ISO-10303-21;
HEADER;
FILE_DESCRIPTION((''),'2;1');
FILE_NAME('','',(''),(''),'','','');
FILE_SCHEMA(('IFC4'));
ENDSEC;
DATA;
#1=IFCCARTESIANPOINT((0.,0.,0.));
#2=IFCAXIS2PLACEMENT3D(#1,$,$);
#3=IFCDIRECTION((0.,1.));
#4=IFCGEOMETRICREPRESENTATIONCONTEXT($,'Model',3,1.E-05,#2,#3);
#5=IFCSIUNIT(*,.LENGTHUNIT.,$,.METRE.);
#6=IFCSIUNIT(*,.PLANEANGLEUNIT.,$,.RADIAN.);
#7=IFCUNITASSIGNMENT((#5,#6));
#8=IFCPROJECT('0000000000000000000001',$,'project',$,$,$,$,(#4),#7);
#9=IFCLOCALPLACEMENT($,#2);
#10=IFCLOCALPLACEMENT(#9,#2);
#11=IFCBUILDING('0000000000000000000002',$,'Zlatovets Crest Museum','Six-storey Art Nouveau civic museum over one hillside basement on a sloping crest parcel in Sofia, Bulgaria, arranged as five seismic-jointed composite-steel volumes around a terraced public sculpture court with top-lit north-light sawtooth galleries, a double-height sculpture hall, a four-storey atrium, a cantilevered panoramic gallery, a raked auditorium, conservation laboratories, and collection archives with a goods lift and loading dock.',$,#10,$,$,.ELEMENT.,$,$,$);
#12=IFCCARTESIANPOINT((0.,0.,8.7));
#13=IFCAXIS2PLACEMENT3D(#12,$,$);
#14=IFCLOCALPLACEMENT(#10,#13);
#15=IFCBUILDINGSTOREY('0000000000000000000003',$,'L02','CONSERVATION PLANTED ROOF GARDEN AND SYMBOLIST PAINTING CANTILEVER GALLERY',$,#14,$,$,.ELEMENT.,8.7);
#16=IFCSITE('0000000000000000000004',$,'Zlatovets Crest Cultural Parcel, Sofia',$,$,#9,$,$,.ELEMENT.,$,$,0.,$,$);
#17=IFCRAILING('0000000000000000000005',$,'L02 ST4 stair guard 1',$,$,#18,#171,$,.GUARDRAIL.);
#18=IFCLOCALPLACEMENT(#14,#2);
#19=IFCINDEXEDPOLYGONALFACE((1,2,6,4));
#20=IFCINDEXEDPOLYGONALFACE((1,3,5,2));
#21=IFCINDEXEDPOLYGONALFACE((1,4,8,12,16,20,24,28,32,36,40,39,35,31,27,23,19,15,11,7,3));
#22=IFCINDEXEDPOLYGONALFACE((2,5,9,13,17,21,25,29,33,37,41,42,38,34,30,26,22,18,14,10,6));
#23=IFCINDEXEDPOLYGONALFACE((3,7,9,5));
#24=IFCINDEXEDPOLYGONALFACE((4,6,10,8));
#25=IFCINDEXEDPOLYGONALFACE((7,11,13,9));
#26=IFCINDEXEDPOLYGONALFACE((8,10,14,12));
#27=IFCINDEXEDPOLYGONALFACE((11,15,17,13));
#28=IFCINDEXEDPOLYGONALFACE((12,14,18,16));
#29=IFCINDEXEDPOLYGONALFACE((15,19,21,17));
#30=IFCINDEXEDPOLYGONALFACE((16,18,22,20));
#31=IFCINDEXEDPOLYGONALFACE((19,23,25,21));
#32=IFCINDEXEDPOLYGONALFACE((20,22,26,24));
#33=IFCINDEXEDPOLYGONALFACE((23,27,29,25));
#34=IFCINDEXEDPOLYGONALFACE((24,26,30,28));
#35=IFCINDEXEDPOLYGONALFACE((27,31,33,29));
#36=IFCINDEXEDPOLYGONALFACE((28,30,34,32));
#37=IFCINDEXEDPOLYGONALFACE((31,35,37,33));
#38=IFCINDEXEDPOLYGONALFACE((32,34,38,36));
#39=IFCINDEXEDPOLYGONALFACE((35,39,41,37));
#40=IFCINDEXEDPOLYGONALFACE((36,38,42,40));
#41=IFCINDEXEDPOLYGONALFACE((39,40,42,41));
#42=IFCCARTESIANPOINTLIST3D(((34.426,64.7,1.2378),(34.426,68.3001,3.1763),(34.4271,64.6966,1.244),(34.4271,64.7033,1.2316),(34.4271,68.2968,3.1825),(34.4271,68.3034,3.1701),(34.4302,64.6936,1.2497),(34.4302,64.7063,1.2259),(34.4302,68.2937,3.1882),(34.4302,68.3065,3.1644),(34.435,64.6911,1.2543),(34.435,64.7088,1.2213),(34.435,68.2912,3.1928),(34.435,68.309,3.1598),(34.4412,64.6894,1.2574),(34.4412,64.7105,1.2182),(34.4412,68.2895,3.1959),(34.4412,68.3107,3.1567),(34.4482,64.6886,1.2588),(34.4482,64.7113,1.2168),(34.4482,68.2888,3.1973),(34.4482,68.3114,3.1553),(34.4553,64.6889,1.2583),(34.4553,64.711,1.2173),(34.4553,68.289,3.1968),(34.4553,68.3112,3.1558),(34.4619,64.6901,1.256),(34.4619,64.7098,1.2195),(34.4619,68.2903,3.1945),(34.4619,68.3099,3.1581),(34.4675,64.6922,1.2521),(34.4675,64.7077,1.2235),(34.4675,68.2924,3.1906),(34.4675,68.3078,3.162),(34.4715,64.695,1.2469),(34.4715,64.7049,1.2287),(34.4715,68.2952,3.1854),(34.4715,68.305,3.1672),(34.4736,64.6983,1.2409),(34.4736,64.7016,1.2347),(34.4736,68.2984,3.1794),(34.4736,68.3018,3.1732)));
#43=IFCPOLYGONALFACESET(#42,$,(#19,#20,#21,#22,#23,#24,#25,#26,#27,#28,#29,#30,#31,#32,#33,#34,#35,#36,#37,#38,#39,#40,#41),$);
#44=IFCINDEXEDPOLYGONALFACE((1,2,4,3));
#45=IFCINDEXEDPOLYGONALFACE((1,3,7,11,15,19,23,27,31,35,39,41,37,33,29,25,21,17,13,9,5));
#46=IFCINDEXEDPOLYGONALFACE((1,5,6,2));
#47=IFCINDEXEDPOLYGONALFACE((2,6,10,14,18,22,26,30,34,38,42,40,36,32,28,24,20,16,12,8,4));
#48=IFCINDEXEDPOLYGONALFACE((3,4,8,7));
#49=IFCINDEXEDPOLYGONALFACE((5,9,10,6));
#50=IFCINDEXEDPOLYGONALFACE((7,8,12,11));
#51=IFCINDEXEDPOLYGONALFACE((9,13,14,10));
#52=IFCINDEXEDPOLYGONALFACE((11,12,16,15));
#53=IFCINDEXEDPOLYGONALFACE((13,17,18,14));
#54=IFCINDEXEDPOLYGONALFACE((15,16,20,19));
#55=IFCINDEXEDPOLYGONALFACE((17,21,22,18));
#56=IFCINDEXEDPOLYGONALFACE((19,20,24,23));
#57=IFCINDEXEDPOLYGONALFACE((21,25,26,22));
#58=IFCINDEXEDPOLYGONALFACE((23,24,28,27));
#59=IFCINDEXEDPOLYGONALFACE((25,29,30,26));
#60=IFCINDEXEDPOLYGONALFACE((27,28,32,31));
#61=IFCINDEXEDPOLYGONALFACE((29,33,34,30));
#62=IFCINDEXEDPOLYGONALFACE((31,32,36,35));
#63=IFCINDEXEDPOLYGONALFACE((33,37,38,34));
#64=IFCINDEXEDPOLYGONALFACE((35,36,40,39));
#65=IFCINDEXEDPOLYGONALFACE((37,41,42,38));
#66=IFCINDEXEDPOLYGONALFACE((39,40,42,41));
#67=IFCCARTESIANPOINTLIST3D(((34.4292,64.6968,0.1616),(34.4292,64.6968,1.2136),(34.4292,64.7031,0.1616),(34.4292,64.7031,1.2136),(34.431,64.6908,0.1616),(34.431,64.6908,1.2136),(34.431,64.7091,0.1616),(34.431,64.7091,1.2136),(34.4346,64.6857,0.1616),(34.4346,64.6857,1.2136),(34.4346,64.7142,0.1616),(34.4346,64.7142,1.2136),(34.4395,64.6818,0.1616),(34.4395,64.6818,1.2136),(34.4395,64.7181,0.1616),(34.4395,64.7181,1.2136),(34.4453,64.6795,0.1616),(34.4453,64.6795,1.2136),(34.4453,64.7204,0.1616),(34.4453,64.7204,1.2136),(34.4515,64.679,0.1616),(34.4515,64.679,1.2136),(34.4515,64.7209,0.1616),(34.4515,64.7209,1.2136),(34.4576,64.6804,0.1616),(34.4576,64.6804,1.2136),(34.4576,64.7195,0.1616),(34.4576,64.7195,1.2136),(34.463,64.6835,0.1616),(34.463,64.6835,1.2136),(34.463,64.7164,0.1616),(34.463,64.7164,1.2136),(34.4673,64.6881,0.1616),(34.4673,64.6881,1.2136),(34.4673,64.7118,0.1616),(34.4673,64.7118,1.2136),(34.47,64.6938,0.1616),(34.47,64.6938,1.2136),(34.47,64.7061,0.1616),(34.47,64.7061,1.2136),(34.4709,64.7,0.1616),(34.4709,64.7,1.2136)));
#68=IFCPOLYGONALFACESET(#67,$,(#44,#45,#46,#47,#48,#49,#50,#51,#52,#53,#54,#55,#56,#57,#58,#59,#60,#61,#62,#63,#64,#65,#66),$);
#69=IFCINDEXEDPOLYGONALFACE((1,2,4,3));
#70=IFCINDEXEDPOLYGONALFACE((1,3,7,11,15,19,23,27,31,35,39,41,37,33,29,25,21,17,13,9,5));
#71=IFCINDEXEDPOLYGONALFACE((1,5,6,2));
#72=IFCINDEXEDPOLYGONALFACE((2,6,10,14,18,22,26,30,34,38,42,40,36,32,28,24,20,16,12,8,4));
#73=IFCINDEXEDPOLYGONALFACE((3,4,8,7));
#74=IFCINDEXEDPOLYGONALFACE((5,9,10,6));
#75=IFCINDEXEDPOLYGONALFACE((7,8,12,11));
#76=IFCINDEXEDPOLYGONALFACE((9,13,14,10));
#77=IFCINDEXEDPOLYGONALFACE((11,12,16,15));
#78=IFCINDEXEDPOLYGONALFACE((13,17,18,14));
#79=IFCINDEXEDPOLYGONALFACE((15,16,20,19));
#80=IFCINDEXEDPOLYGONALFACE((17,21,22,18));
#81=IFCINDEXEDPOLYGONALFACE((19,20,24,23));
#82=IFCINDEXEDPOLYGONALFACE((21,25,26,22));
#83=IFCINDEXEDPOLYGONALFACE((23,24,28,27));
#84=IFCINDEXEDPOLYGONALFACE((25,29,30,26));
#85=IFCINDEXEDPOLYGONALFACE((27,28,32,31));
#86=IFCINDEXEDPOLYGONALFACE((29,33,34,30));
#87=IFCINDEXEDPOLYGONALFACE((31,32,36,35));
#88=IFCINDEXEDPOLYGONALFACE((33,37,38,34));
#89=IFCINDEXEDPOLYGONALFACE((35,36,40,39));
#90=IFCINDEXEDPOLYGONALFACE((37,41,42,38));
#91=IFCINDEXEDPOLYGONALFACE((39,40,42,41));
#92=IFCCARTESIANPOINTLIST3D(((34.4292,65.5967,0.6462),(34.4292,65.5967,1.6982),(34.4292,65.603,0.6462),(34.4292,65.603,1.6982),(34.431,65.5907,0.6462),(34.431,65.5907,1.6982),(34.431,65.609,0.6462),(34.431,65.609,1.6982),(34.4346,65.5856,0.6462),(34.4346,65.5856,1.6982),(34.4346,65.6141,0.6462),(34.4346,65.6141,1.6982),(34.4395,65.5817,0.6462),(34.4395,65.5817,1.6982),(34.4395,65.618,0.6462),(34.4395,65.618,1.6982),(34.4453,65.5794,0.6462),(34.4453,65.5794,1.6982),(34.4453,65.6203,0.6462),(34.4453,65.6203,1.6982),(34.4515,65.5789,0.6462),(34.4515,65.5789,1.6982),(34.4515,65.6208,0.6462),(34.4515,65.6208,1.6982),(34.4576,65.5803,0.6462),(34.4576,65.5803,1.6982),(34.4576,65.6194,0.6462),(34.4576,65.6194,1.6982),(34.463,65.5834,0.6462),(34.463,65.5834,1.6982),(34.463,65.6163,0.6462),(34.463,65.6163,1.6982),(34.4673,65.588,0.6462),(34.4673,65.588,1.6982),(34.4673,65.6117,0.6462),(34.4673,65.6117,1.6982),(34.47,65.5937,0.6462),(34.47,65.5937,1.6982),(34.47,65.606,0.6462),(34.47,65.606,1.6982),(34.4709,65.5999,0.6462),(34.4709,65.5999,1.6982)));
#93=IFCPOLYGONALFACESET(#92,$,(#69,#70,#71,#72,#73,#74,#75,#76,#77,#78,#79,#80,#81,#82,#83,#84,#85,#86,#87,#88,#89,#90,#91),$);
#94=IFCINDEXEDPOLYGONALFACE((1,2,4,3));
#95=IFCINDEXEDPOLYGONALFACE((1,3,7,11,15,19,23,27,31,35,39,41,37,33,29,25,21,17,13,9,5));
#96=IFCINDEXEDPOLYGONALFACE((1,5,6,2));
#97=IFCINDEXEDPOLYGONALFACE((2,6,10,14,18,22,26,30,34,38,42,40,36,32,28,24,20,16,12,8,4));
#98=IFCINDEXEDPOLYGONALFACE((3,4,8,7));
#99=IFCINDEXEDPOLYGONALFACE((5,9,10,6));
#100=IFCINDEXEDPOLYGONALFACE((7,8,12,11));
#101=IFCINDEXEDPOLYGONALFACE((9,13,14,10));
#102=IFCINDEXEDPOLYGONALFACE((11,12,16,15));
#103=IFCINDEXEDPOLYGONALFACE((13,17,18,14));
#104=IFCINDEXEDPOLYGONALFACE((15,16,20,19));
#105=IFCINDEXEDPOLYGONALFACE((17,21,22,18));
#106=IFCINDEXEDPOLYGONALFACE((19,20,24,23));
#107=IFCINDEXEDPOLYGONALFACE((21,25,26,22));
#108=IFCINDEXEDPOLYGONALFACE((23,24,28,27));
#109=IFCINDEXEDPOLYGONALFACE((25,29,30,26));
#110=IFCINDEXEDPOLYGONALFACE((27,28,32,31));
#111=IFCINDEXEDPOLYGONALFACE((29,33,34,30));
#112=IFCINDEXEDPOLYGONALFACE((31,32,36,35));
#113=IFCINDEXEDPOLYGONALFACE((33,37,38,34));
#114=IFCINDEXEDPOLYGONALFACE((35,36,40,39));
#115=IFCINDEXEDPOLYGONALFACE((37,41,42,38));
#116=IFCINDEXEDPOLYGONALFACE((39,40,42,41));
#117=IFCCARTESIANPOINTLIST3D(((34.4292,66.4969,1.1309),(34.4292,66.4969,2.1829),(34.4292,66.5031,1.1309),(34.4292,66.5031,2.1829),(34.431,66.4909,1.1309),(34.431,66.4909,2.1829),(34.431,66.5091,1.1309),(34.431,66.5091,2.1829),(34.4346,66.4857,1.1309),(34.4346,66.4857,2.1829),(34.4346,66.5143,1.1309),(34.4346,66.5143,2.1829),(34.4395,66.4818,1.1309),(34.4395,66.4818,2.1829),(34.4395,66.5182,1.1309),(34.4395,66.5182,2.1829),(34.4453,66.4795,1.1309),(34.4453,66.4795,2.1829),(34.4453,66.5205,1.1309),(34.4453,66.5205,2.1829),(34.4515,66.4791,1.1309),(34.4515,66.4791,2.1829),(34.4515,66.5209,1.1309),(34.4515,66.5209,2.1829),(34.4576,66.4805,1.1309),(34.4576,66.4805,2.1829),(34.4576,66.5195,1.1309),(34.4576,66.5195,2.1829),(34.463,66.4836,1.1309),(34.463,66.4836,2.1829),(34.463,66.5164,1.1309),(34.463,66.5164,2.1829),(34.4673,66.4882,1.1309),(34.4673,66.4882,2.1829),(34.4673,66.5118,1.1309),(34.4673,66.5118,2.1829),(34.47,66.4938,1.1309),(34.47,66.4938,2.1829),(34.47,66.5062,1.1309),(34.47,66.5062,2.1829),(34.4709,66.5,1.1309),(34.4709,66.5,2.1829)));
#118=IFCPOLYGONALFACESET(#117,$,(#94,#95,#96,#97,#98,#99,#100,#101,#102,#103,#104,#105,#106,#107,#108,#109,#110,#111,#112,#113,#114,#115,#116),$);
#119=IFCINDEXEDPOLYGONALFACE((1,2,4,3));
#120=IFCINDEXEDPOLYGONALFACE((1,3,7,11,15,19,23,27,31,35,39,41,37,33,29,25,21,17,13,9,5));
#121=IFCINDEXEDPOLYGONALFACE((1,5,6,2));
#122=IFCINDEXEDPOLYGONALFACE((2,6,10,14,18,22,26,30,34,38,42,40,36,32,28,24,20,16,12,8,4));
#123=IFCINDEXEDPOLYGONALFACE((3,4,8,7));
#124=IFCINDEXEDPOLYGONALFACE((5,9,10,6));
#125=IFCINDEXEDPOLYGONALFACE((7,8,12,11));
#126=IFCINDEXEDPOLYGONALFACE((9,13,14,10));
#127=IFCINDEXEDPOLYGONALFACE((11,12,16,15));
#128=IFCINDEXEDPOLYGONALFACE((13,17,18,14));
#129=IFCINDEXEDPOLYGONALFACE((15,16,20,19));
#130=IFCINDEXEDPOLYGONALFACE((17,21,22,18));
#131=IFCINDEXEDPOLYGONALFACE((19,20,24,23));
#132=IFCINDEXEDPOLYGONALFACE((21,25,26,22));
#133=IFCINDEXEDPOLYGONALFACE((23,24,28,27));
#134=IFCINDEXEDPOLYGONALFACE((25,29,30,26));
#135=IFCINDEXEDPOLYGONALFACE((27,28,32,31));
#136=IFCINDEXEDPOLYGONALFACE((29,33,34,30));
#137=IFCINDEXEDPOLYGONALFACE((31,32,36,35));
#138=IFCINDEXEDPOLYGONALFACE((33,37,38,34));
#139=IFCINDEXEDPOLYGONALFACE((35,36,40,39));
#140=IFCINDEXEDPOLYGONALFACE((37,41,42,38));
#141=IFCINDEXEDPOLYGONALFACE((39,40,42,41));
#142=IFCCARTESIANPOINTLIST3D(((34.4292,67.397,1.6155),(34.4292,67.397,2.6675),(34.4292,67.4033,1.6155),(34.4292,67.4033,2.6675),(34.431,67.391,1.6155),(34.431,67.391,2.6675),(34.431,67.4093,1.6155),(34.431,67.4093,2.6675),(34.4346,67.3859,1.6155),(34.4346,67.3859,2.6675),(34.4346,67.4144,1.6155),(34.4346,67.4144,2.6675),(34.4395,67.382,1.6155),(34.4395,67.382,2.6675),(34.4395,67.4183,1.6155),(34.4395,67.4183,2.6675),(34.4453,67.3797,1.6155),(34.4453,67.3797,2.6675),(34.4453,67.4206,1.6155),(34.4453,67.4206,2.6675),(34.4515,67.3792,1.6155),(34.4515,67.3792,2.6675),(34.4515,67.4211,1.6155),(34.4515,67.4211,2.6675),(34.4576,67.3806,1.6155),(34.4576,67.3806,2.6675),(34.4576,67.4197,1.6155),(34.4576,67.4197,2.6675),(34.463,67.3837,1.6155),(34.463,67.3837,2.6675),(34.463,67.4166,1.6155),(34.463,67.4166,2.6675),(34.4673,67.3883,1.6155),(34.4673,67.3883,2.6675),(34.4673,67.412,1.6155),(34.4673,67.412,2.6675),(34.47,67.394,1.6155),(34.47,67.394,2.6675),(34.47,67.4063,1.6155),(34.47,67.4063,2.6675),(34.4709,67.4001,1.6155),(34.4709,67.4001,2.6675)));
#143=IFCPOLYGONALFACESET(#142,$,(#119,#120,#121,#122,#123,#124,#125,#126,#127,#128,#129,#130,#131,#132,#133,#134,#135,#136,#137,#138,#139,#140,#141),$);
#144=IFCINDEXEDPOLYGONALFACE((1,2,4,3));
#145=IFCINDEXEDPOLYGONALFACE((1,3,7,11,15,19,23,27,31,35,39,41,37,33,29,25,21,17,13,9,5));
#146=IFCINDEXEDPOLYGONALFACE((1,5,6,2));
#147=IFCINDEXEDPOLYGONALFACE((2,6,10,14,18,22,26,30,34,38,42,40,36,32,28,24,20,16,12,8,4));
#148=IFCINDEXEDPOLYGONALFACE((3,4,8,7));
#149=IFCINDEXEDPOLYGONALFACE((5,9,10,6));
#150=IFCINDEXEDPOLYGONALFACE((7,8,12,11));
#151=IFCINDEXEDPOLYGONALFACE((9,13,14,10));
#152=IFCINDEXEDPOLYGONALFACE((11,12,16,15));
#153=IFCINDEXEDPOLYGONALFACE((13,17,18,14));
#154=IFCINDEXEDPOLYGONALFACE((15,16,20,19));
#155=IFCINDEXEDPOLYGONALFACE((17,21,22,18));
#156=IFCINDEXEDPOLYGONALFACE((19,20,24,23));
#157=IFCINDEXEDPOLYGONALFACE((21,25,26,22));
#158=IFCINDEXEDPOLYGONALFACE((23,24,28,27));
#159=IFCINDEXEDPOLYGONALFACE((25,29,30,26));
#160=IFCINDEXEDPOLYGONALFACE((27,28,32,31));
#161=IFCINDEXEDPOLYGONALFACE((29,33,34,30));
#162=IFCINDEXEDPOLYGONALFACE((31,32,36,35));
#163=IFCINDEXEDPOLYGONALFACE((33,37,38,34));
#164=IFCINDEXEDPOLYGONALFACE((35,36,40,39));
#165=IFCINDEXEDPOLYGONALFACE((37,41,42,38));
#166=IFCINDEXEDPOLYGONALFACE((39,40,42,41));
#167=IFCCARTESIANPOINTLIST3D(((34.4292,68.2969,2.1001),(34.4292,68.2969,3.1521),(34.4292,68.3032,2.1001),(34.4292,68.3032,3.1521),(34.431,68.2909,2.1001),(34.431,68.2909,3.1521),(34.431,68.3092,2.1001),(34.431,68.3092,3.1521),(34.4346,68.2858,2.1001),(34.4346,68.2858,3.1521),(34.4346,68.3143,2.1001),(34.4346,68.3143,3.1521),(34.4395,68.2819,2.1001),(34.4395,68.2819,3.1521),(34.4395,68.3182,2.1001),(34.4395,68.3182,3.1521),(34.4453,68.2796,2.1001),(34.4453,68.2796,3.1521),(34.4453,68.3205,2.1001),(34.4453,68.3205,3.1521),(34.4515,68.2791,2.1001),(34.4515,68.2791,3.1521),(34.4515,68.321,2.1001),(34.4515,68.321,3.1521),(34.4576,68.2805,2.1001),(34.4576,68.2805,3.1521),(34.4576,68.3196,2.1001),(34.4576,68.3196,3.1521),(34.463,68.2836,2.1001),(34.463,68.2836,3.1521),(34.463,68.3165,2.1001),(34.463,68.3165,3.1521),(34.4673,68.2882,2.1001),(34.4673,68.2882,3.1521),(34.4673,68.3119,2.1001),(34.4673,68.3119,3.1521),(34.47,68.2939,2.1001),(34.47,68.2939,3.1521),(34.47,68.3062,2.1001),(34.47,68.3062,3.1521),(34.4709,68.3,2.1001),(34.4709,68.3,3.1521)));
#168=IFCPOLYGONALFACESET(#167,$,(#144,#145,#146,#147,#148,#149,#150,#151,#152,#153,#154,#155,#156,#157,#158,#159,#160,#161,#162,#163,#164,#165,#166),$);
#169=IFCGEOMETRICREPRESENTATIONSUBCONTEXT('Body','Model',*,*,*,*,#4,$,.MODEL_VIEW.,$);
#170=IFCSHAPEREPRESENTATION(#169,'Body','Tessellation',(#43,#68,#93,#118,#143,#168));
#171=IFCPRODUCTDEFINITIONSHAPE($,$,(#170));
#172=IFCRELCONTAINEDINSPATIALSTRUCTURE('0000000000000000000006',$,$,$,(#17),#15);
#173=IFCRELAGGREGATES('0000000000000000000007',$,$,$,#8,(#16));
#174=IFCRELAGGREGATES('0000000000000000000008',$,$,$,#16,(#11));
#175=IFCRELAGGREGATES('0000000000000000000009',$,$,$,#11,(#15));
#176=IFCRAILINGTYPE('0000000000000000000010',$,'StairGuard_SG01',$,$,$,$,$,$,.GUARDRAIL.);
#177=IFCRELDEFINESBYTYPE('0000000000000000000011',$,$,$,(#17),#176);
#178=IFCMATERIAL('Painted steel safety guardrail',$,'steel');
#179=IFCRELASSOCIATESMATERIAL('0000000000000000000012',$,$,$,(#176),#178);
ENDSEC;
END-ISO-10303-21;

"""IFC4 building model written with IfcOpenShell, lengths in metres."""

from ifc_helpers import new_model, si_unit, direction, frame, origin, origin_2d, place, context, subcontext, project, spatial, circle, extrude, material, type_object, element, save


model = new_model("IFC4")

# Units and contexts
model_context = context("Model", 3, precision=1e-05, world=origin(), true_north=direction((0.0, 1.0)))
body_context = subcontext(model_context, "Body", "Model", "MODEL_VIEW")
ifc_project = project(units=[si_unit("LENGTHUNIT", "METRE"), si_unit("PLANEANGLEUNIT", "RADIAN")], contexts=[model_context])

# Site, building, storey
site_placement = place(None, origin())
site = spatial("IfcSite", under=ifc_project, at=site_placement, Name="Zlatovets Crest Cultural Parcel, Sofia", CompositionType="ELEMENT", RefElevation=0.0)
building_placement = place(site_placement, origin())
building = spatial("IfcBuilding", under=site, at=building_placement, Name="Zlatovets Crest Museum", Description="Six-storey Art Nouveau civic museum over one hillside basement on a sloping crest parcel in Sofia, Bulgaria, arranged as five seismic-jointed composite-steel volumes around a terraced public sculpture court with top-lit north-light sawtooth galleries, a double-height sculpture hall, a four-storey atrium, a cantilevered panoramic gallery, a raked auditorium, conservation laboratories, and collection archives with a goods lift and loading dock.", CompositionType="ELEMENT")
storey_placement = place(building_placement, frame((0.0, 0.0, 8.7)))
storey = spatial("IfcBuildingStorey", under=building, at=storey_placement, Name="L02", Description="CONSERVATION PLANTED ROOF GARDEN AND SYMBOLIST PAINTING CANTILEVER GALLERY", CompositionType="ELEMENT", Elevation=8.7)

# Railing
ifc_material_1 = material(Name="Painted steel safety guardrail", Category="steel")
railing_type_1 = type_object("IfcRailingType", Name="StairGuard_SG01", PredefinedType="GUARDRAIL", material=ifc_material_1)
railing_1_placement = place(storey_placement, frame((34.45, 64.7, 0.1616)))
element("IfcRailing", 1, at=railing_1_placement, inside=storey, type_object=railing_type_1, Name="L02 ST4 stair guard 1", PredefinedType="GUARDRAIL", context=body_context, shape_type="SweptSolid", body=[
    extrude(circle(Radius=0.0239, at=origin_2d()), frame((0.0, 0.0, 1.0762), z_axis=(0.0, 0.880475, 0.474093), x_axis=(-1.0, 0.0, 0.0)), (0.0, 0.0, 1.0), 4.0889),
    extrude(circle(Radius=0.021, at=origin_2d()), origin(), (0.0, 0.0, 1.0), 1.052),
    extrude(circle(Radius=0.021, at=origin_2d()), frame((0.0, 0.8999, 0.4846)), (0.0, 0.0, 1.0), 1.052),
    extrude(circle(Radius=0.021, at=origin_2d()), frame((0.0, 1.8, 0.9692)), (0.0, 0.0, 1.0), 1.052),
    extrude(circle(Radius=0.021, at=origin_2d()), frame((0.0, 2.7002, 1.4539)), (0.0, 0.0, 1.0), 1.052),
    extrude(circle(Radius=0.021, at=origin_2d()), frame((0.0, 3.6001, 1.9385)), (0.0, 0.0, 1.0), 1.052),
])

save(model, "model.ifc")
